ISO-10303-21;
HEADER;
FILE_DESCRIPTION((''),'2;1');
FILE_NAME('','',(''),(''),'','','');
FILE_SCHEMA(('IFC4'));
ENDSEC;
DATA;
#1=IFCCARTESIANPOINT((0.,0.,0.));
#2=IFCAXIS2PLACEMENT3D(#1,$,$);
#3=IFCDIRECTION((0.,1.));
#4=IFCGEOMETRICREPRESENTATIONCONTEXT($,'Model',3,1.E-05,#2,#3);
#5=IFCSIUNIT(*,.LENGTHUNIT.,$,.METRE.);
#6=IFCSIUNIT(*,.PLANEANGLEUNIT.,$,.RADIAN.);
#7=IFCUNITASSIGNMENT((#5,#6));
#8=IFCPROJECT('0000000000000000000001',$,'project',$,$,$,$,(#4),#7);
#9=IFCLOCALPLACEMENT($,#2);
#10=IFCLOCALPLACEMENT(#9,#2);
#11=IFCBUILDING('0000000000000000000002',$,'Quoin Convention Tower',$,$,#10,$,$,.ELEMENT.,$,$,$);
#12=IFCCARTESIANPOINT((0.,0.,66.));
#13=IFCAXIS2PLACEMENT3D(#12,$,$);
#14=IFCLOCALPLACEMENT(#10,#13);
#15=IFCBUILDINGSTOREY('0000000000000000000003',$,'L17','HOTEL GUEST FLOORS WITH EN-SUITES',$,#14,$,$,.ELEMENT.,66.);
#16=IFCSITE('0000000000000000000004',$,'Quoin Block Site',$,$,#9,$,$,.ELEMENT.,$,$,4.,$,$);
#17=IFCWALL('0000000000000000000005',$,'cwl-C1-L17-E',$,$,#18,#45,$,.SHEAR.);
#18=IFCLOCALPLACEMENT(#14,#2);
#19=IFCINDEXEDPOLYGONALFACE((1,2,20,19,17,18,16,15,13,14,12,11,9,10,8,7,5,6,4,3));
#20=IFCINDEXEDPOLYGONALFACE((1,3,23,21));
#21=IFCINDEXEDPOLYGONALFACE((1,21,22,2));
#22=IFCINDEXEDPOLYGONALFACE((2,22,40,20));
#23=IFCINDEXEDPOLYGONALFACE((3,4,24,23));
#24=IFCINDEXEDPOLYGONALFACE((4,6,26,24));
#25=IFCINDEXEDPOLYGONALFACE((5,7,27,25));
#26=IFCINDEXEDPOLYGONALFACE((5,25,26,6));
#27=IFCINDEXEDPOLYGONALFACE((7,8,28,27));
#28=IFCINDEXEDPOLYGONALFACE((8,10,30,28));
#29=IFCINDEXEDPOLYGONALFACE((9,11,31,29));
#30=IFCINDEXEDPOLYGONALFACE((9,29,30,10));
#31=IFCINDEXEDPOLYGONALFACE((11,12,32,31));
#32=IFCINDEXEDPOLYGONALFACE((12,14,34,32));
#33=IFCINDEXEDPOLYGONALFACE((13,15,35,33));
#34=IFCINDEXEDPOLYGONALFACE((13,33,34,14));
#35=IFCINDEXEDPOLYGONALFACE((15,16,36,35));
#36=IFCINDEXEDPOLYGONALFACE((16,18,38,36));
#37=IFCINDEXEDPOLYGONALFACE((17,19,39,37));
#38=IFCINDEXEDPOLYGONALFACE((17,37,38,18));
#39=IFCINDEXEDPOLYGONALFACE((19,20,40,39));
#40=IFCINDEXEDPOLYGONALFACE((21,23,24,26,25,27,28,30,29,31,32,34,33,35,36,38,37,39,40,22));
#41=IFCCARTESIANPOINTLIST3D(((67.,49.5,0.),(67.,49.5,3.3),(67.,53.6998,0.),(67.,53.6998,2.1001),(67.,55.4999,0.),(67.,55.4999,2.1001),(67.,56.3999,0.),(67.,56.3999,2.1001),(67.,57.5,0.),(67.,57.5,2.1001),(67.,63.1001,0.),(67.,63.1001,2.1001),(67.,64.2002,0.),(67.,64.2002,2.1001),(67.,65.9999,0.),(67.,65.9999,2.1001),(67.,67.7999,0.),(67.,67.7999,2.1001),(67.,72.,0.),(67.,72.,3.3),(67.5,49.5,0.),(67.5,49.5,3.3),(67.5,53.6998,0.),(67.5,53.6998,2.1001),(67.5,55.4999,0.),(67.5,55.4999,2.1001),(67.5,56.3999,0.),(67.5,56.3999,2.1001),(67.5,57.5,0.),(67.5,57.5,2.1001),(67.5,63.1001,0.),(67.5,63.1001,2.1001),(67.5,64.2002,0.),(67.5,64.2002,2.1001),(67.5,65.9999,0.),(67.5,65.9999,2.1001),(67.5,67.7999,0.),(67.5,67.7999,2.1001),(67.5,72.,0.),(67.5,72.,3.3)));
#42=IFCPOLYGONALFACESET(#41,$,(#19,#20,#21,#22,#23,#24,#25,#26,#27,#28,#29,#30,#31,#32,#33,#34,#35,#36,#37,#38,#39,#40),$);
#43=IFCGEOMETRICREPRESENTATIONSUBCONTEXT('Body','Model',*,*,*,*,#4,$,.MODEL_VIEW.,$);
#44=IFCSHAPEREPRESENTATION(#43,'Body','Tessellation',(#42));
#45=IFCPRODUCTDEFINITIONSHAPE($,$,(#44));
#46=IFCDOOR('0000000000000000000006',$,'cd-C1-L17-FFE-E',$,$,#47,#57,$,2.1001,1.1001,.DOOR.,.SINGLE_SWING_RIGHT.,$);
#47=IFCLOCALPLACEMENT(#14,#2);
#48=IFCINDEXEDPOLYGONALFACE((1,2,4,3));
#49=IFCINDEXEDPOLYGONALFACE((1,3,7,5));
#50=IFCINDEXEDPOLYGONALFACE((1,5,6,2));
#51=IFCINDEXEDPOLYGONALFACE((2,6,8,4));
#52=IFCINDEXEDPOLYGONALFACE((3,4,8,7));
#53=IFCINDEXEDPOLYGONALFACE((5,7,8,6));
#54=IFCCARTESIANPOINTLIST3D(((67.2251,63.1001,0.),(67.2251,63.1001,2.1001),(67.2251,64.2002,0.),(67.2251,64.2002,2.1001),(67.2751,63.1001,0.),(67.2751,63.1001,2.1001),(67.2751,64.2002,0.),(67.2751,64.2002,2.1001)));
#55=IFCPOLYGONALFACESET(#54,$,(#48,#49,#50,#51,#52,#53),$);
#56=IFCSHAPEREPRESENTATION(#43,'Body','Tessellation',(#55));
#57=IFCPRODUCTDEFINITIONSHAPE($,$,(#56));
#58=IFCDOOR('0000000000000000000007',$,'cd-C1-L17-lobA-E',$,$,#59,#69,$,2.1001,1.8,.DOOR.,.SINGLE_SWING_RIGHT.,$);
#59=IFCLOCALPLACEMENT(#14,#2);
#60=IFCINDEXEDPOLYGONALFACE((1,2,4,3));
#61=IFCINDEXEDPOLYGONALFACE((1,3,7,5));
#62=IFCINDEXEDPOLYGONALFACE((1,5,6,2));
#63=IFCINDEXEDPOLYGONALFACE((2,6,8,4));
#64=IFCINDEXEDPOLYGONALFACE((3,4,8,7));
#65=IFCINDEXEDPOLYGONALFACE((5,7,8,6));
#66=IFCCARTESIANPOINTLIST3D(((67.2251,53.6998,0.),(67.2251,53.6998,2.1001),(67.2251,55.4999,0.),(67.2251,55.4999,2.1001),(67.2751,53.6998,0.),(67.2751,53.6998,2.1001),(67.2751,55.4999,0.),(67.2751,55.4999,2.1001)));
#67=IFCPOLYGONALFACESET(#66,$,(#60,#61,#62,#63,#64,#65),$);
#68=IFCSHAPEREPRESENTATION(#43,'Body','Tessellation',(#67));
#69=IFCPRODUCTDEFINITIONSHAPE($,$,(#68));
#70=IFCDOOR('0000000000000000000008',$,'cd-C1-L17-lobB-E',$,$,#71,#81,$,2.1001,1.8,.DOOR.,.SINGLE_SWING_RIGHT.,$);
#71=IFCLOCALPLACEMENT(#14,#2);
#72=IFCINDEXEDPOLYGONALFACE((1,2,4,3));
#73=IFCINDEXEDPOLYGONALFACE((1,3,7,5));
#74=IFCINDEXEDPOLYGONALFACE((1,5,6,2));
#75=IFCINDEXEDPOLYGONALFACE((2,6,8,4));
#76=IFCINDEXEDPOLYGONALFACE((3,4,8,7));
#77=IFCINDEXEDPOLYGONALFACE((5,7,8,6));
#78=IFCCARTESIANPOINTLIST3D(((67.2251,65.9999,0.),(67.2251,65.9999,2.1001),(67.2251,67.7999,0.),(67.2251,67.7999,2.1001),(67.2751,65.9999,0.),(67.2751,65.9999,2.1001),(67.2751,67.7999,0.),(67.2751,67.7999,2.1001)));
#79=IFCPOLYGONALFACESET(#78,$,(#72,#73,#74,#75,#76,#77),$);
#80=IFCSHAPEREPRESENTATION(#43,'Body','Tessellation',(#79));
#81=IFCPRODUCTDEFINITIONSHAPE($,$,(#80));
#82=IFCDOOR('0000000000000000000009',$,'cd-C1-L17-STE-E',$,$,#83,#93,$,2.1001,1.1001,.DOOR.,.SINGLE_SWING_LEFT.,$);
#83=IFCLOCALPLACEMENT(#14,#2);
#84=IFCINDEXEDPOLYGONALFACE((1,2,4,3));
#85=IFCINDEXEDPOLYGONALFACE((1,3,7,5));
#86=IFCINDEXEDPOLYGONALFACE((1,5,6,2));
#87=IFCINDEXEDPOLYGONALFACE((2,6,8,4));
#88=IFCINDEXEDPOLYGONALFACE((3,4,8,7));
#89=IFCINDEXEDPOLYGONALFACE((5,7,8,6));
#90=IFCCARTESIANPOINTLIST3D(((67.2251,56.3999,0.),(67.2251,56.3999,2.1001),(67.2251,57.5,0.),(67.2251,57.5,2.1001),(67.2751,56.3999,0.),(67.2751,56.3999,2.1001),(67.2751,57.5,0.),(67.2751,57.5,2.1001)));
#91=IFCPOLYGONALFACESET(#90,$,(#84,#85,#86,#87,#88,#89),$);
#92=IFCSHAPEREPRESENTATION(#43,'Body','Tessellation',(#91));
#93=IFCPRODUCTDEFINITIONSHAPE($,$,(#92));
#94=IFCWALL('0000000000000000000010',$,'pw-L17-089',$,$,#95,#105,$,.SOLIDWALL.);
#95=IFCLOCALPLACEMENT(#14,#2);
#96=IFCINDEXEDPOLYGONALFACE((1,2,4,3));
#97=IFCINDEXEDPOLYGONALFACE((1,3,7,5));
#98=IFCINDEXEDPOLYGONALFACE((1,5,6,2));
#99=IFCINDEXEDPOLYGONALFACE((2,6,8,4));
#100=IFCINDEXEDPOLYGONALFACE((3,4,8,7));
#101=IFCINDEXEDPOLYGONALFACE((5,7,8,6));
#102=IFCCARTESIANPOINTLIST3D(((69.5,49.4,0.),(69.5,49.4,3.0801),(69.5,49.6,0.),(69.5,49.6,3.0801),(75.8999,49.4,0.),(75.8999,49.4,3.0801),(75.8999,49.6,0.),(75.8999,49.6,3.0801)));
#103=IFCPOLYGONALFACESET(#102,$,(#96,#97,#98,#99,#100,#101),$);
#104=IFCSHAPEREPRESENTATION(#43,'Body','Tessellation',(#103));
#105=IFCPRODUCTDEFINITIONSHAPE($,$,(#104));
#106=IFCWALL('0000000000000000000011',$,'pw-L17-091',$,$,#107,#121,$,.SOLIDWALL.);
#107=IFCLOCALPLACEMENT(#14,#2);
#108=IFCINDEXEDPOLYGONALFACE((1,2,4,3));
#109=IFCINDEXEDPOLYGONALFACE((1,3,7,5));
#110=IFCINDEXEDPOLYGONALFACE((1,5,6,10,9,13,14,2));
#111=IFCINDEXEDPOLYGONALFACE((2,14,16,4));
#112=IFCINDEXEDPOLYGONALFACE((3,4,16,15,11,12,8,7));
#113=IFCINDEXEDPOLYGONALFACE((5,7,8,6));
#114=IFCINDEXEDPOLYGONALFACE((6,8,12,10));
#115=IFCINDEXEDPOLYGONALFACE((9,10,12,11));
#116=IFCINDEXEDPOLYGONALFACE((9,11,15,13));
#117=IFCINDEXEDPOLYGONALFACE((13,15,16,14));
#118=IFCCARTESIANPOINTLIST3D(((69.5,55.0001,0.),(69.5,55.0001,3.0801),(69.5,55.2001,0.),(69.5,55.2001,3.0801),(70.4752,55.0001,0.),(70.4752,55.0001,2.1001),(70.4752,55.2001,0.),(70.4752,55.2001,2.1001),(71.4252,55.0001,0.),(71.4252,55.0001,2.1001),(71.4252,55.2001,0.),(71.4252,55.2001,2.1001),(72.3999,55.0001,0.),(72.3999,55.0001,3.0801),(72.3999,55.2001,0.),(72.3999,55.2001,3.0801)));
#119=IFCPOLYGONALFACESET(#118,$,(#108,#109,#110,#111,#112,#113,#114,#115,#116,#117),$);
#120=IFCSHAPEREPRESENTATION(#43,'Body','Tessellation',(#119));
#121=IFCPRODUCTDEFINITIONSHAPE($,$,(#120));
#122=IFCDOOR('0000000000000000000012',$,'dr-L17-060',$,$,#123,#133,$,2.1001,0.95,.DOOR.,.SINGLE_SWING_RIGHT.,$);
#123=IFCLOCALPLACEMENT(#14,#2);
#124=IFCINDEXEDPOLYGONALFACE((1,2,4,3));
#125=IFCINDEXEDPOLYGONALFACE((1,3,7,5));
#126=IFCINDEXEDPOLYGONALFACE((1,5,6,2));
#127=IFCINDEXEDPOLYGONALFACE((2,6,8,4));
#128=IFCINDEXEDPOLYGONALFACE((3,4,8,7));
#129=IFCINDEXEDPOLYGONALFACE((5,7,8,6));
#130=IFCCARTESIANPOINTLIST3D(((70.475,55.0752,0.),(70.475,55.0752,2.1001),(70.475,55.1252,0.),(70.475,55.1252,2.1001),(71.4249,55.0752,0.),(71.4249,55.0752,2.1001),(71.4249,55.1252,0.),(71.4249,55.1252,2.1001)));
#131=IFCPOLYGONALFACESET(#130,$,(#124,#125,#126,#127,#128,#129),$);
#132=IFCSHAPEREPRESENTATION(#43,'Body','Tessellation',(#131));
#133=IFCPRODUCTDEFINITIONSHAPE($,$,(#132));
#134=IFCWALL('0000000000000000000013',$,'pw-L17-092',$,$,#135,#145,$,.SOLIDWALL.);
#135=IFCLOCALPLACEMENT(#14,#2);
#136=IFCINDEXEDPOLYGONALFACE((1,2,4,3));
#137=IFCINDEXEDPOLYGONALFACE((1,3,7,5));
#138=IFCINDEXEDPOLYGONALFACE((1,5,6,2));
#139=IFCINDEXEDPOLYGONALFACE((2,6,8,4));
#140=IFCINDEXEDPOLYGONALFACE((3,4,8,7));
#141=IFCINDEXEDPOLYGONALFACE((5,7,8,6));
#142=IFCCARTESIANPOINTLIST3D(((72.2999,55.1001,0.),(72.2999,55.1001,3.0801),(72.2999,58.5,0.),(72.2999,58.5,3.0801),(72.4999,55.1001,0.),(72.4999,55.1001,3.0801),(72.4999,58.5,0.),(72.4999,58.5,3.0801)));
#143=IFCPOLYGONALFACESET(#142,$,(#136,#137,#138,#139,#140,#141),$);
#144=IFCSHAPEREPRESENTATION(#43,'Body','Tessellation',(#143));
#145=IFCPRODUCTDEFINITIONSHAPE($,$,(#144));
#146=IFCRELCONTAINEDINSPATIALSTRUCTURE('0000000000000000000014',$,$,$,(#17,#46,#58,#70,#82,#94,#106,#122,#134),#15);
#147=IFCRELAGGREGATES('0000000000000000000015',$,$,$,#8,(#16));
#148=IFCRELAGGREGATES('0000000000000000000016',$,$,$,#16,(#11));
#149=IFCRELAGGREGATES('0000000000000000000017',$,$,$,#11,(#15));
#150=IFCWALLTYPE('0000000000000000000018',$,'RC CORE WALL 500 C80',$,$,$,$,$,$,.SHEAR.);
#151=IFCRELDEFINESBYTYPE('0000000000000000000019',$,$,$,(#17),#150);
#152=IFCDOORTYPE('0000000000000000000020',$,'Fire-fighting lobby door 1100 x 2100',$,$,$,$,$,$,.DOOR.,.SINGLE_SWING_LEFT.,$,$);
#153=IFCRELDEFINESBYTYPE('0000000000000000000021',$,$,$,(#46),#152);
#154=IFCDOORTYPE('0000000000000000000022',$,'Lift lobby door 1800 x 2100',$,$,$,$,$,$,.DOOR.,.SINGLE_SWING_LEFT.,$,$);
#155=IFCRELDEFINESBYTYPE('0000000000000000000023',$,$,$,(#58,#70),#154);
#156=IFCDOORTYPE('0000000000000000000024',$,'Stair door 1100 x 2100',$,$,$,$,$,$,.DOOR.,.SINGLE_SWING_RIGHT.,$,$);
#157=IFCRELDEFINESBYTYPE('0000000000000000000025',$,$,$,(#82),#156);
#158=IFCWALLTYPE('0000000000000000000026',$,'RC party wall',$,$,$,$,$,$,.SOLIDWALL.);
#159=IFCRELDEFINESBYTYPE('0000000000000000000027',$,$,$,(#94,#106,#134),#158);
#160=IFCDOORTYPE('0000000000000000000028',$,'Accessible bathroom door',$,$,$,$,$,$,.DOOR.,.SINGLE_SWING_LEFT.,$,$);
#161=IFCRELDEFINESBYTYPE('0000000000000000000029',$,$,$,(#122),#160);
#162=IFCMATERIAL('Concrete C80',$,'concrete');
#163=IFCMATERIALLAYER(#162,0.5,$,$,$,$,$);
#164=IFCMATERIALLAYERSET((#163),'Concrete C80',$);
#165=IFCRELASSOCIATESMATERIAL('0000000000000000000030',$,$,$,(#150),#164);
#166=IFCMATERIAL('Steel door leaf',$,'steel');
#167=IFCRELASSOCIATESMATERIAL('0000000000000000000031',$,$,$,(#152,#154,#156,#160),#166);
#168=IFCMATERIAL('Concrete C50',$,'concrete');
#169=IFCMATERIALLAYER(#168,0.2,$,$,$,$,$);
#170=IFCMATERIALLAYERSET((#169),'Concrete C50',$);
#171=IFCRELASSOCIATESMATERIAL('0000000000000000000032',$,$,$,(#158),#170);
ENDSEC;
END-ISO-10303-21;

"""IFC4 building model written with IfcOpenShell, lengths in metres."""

from ifc_helpers import new_model, si_unit, direction, frame, frame_2d, origin, place, context, subcontext, project, spatial, rectangle, extrude, material, layer, layer_set, type_object, element, fill, save


model = new_model("IFC4")

# Units and contexts
model_context = context("Model", 3, precision=1e-05, world=origin(), true_north=direction((0.0, 1.0)))
body_context = subcontext(model_context, "Body", "Model", "MODEL_VIEW")
ifc_project = project(units=[si_unit("LENGTHUNIT", "METRE"), si_unit("PLANEANGLEUNIT", "RADIAN")], contexts=[model_context])

# Site, building, storey
site_placement = place(None, origin())
site = spatial("IfcSite", under=ifc_project, at=site_placement, Name="Quoin Block Site", CompositionType="ELEMENT", RefElevation=4.0)
building_placement = place(site_placement, origin())
building = spatial("IfcBuilding", under=site, at=building_placement, Name="Quoin Convention Tower", CompositionType="ELEMENT")
storey_placement = place(building_placement, frame((0.0, 0.0, 66.0)))
storey = spatial("IfcBuildingStorey", under=building, at=storey_placement, Name="L17", Description="HOTEL GUEST FLOORS WITH EN-SUITES", CompositionType="ELEMENT", Elevation=66.0)

# Shared definitions
ifc_material_1 = material(Name="Concrete C80", Category="concrete")

# Shared definitions
ifc_material_2 = material(Name="Concrete C50", Category="concrete")

# Wall, openings, doors
ifc_layer_1 = layer(ifc_material_1, 0.5)
ifc_layer_set_1 = layer_set([ifc_layer_1], Name="Concrete C80")
wall_type_1 = type_object("IfcWallType", Name="RC CORE WALL 500 C80", PredefinedType="SHEAR", material=ifc_layer_set_1)
wall_1_placement = place(storey_placement, frame((67.25, 49.5, 0.0), z_axis=(0.0, 0.0, 1.0), x_axis=(0.0, 1.0, 0.0)))
wall_1 = element("IfcWall", 1, at=wall_1_placement, inside=storey, type_object=wall_type_1, Name="cwl-C1-L17-E", PredefinedType="SHEAR", context=body_context, shape_type="SweptSolid", body=[
    extrude(rectangle(XDim=22.5, YDim=0.5, at=frame_2d((11.25, 0.0))), origin(), (0.0, 0.0, 1.0), 3.3),
])
opening_1_placement = place(wall_1_placement, frame((4.2, 0.0, 0.0)))
opening_1 = element("IfcOpeningElement", 2, at=opening_1_placement, cuts=wall_1, PredefinedType="OPENING", context=body_context, shape_type="SweptSolid", body=[
    extrude(rectangle(XDim=1.8, YDim=2.1001, at=frame_2d((0.8999, 1.05))), frame((0.0, 0.26, 0.0), z_axis=(0.0, -1.0, 0.0), x_axis=(1.0, 0.0, 0.0)), (0.0, 0.0, 1.0), 0.52),
])
opening_2_placement = place(wall_1_placement, frame((6.8999, 0.0, 0.0)))
opening_2 = element("IfcOpeningElement", 3, at=opening_2_placement, cuts=wall_1, PredefinedType="OPENING", context=body_context, shape_type="SweptSolid", body=[
    extrude(rectangle(XDim=1.1001, YDim=2.1001, at=frame_2d((0.55, 1.05))), frame((0.0, 0.26, 0.0), z_axis=(0.0, -1.0, 0.0), x_axis=(1.0, 0.0, 0.0)), (0.0, 0.0, 1.0), 0.52),
])
opening_3_placement = place(wall_1_placement, frame((13.6001, 0.0, 0.0)))
opening_3 = element("IfcOpeningElement", 4, at=opening_3_placement, cuts=wall_1, PredefinedType="OPENING", context=body_context, shape_type="SweptSolid", body=[
    extrude(rectangle(XDim=1.1001, YDim=2.1001, at=frame_2d((0.55, 1.05))), frame((0.0, 0.26, 0.0), z_axis=(0.0, -1.0, 0.0), x_axis=(1.0, 0.0, 0.0)), (0.0, 0.0, 1.0), 0.52),
])
opening_4_placement = place(wall_1_placement, frame((16.5, 0.0, 0.0)))
opening_4 = element("IfcOpeningElement", 5, at=opening_4_placement, cuts=wall_1, PredefinedType="OPENING", context=body_context, shape_type="SweptSolid", body=[
    extrude(rectangle(XDim=1.8, YDim=2.1001, at=frame_2d((0.8999, 1.05))), frame((0.0, 0.26, 0.0), z_axis=(0.0, -1.0, 0.0), x_axis=(1.0, 0.0, 0.0)), (0.0, 0.0, 1.0), 0.52),
])
ifc_material_3 = material(Name="Steel door leaf", Category="steel")
door_type_1 = type_object("IfcDoorType", Name="Fire-fighting lobby door 1100 x 2100", OperationType="SINGLE_SWING_LEFT", PredefinedType="DOOR", material=ifc_material_3)
door_1_placement = place(opening_3_placement, origin())
door_1 = element("IfcDoor", 6, at=door_1_placement, inside=storey, type_object=door_type_1, Name="cd-C1-L17-FFE-E", OperationType="SINGLE_SWING_RIGHT", OverallHeight=2.1001, OverallWidth=1.1001, PredefinedType="DOOR", context=body_context, shape_type="SweptSolid", body=[
    extrude(rectangle(XDim=1.1001, YDim=2.1001, at=frame_2d((0.55, 1.05))), frame((0.0, 0.0249, 0.0), z_axis=(0.0, -1.0, 0.0), x_axis=(1.0, 0.0, 0.0)), (0.0, 0.0, 1.0), 0.05),
])
fill(opening_3, door_1)
door_type_2 = type_object("IfcDoorType", Name="Lift lobby door 1800 x 2100", OperationType="SINGLE_SWING_LEFT", PredefinedType="DOOR", material=ifc_material_3)
door_2_placement = place(opening_1_placement, origin())
door_2 = element("IfcDoor", 7, at=door_2_placement, inside=storey, type_object=door_type_2, Name="cd-C1-L17-lobA-E", OperationType="SINGLE_SWING_RIGHT", OverallHeight=2.1001, OverallWidth=1.8, PredefinedType="DOOR", context=body_context, shape_type="SweptSolid", body=[
    extrude(rectangle(XDim=1.8, YDim=2.1001, at=frame_2d((0.8999, 1.05))), frame((0.0, 0.0249, 0.0), z_axis=(0.0, -1.0, 0.0), x_axis=(1.0, 0.0, 0.0)), (0.0, 0.0, 1.0), 0.05),
])
fill(opening_1, door_2)
door_3_placement = place(opening_4_placement, origin())
door_3 = element("IfcDoor", 8, at=door_3_placement, inside=storey, type_object=door_type_2, Name="cd-C1-L17-lobB-E", OperationType="SINGLE_SWING_RIGHT", OverallHeight=2.1001, OverallWidth=1.8, PredefinedType="DOOR", context=body_context, shape_type="SweptSolid", body=[
    extrude(rectangle(XDim=1.8, YDim=2.1001, at=frame_2d((0.8999, 1.05))), frame((0.0, 0.0249, 0.0), z_axis=(0.0, -1.0, 0.0), x_axis=(1.0, 0.0, 0.0)), (0.0, 0.0, 1.0), 0.05),
])
fill(opening_4, door_3)
door_type_3 = type_object("IfcDoorType", Name="Stair door 1100 x 2100", OperationType="SINGLE_SWING_RIGHT", PredefinedType="DOOR", material=ifc_material_3)
door_4_placement = place(opening_2_placement, origin())
door_4 = element("IfcDoor", 9, at=door_4_placement, inside=storey, type_object=door_type_3, Name="cd-C1-L17-STE-E", OperationType="SINGLE_SWING_LEFT", OverallHeight=2.1001, OverallWidth=1.1001, PredefinedType="DOOR", context=body_context, shape_type="SweptSolid", body=[
    extrude(rectangle(XDim=1.1001, YDim=2.1001, at=frame_2d((0.55, 1.05))), frame((0.0, 0.0249, 0.0), z_axis=(0.0, -1.0, 0.0), x_axis=(1.0, 0.0, 0.0)), (0.0, 0.0, 1.0), 0.05),
])
fill(opening_2, door_4)

# Wall
ifc_layer_2 = layer(ifc_material_2, 0.2)
ifc_layer_set_2 = layer_set([ifc_layer_2], Name="Concrete C50")
wall_type_2 = type_object("IfcWallType", Name="RC party wall", PredefinedType="SOLIDWALL", material=ifc_layer_set_2)
wall_2_placement = place(storey_placement, frame((69.5, 49.5, 0.0), z_axis=(0.0, 0.0, 1.0), x_axis=(1.0, 0.0, 0.0)))
element("IfcWall", 10, at=wall_2_placement, inside=storey, type_object=wall_type_2, Name="pw-L17-089", PredefinedType="SOLIDWALL", context=body_context, shape_type="SweptSolid", body=[
    extrude(rectangle(XDim=6.3999, YDim=0.2, at=frame_2d((3.2, 0.0))), origin(), (0.0, 0.0, 1.0), 3.0801),
])

# Wall, opening, door
wall_3_placement = place(storey_placement, frame((69.5, 55.1001, 0.0), z_axis=(0.0, 0.0, 1.0), x_axis=(1.0, 0.0, 0.0)))
wall_3 = element("IfcWall", 11, at=wall_3_placement, inside=storey, type_object=wall_type_2, Name="pw-L17-091", PredefinedType="SOLIDWALL", context=body_context, shape_type="SweptSolid", body=[
    extrude(rectangle(XDim=2.8999, YDim=0.2, at=frame_2d((1.45, 0.0))), origin(), (0.0, 0.0, 1.0), 3.0801),
])
opening_5_placement = place(wall_3_placement, frame((0.9751, 0.0, 0.0)))
opening_5 = element("IfcOpeningElement", 12, at=opening_5_placement, cuts=wall_3, PredefinedType="OPENING", context=body_context, shape_type="SweptSolid", body=[
    extrude(rectangle(XDim=0.95, YDim=2.1001, at=frame_2d((0.4751, 1.05))), frame((0.0, 0.1099, 0.0), z_axis=(0.0, -1.0, 0.0), x_axis=(1.0, 0.0, 0.0)), (0.0, 0.0, 1.0), 0.22),
])
door_type_4 = type_object("IfcDoorType", Name="Accessible bathroom door", OperationType="SINGLE_SWING_LEFT", PredefinedType="DOOR", material=ifc_material_3)
door_5_placement = place(opening_5_placement, frame((0.95, 0.0, 0.0), z_axis=(0.0, 0.0, 1.0), x_axis=(-1.0, 0.0, 0.0)))
door_5 = element("IfcDoor", 13, at=door_5_placement, inside=storey, type_object=door_type_4, Name="dr-L17-060", OperationType="SINGLE_SWING_RIGHT", OverallHeight=2.1001, OverallWidth=0.95, PredefinedType="DOOR", context=body_context, shape_type="SweptSolid", body=[
    extrude(rectangle(XDim=0.95, YDim=2.1001, at=frame_2d((0.4751, 1.05))), frame((0.0, 0.0249, 0.0), z_axis=(0.0, -1.0, 0.0), x_axis=(1.0, 0.0, 0.0)), (0.0, 0.0, 1.0), 0.05),
])
fill(opening_5, door_5)

# Wall
wall_4_placement = place(storey_placement, frame((72.3999, 55.1001, 0.0), z_axis=(0.0, 0.0, 1.0), x_axis=(0.0, 1.0, 0.0)))
element("IfcWall", 14, at=wall_4_placement, inside=storey, type_object=wall_type_2, Name="pw-L17-092", PredefinedType="SOLIDWALL", context=body_context, shape_type="SweptSolid", body=[
    extrude(rectangle(XDim=3.3999, YDim=0.2, at=frame_2d((1.7, 0.0))), origin(), (0.0, 0.0, 1.0), 3.0801),
])

save(model, "model.ifc")
